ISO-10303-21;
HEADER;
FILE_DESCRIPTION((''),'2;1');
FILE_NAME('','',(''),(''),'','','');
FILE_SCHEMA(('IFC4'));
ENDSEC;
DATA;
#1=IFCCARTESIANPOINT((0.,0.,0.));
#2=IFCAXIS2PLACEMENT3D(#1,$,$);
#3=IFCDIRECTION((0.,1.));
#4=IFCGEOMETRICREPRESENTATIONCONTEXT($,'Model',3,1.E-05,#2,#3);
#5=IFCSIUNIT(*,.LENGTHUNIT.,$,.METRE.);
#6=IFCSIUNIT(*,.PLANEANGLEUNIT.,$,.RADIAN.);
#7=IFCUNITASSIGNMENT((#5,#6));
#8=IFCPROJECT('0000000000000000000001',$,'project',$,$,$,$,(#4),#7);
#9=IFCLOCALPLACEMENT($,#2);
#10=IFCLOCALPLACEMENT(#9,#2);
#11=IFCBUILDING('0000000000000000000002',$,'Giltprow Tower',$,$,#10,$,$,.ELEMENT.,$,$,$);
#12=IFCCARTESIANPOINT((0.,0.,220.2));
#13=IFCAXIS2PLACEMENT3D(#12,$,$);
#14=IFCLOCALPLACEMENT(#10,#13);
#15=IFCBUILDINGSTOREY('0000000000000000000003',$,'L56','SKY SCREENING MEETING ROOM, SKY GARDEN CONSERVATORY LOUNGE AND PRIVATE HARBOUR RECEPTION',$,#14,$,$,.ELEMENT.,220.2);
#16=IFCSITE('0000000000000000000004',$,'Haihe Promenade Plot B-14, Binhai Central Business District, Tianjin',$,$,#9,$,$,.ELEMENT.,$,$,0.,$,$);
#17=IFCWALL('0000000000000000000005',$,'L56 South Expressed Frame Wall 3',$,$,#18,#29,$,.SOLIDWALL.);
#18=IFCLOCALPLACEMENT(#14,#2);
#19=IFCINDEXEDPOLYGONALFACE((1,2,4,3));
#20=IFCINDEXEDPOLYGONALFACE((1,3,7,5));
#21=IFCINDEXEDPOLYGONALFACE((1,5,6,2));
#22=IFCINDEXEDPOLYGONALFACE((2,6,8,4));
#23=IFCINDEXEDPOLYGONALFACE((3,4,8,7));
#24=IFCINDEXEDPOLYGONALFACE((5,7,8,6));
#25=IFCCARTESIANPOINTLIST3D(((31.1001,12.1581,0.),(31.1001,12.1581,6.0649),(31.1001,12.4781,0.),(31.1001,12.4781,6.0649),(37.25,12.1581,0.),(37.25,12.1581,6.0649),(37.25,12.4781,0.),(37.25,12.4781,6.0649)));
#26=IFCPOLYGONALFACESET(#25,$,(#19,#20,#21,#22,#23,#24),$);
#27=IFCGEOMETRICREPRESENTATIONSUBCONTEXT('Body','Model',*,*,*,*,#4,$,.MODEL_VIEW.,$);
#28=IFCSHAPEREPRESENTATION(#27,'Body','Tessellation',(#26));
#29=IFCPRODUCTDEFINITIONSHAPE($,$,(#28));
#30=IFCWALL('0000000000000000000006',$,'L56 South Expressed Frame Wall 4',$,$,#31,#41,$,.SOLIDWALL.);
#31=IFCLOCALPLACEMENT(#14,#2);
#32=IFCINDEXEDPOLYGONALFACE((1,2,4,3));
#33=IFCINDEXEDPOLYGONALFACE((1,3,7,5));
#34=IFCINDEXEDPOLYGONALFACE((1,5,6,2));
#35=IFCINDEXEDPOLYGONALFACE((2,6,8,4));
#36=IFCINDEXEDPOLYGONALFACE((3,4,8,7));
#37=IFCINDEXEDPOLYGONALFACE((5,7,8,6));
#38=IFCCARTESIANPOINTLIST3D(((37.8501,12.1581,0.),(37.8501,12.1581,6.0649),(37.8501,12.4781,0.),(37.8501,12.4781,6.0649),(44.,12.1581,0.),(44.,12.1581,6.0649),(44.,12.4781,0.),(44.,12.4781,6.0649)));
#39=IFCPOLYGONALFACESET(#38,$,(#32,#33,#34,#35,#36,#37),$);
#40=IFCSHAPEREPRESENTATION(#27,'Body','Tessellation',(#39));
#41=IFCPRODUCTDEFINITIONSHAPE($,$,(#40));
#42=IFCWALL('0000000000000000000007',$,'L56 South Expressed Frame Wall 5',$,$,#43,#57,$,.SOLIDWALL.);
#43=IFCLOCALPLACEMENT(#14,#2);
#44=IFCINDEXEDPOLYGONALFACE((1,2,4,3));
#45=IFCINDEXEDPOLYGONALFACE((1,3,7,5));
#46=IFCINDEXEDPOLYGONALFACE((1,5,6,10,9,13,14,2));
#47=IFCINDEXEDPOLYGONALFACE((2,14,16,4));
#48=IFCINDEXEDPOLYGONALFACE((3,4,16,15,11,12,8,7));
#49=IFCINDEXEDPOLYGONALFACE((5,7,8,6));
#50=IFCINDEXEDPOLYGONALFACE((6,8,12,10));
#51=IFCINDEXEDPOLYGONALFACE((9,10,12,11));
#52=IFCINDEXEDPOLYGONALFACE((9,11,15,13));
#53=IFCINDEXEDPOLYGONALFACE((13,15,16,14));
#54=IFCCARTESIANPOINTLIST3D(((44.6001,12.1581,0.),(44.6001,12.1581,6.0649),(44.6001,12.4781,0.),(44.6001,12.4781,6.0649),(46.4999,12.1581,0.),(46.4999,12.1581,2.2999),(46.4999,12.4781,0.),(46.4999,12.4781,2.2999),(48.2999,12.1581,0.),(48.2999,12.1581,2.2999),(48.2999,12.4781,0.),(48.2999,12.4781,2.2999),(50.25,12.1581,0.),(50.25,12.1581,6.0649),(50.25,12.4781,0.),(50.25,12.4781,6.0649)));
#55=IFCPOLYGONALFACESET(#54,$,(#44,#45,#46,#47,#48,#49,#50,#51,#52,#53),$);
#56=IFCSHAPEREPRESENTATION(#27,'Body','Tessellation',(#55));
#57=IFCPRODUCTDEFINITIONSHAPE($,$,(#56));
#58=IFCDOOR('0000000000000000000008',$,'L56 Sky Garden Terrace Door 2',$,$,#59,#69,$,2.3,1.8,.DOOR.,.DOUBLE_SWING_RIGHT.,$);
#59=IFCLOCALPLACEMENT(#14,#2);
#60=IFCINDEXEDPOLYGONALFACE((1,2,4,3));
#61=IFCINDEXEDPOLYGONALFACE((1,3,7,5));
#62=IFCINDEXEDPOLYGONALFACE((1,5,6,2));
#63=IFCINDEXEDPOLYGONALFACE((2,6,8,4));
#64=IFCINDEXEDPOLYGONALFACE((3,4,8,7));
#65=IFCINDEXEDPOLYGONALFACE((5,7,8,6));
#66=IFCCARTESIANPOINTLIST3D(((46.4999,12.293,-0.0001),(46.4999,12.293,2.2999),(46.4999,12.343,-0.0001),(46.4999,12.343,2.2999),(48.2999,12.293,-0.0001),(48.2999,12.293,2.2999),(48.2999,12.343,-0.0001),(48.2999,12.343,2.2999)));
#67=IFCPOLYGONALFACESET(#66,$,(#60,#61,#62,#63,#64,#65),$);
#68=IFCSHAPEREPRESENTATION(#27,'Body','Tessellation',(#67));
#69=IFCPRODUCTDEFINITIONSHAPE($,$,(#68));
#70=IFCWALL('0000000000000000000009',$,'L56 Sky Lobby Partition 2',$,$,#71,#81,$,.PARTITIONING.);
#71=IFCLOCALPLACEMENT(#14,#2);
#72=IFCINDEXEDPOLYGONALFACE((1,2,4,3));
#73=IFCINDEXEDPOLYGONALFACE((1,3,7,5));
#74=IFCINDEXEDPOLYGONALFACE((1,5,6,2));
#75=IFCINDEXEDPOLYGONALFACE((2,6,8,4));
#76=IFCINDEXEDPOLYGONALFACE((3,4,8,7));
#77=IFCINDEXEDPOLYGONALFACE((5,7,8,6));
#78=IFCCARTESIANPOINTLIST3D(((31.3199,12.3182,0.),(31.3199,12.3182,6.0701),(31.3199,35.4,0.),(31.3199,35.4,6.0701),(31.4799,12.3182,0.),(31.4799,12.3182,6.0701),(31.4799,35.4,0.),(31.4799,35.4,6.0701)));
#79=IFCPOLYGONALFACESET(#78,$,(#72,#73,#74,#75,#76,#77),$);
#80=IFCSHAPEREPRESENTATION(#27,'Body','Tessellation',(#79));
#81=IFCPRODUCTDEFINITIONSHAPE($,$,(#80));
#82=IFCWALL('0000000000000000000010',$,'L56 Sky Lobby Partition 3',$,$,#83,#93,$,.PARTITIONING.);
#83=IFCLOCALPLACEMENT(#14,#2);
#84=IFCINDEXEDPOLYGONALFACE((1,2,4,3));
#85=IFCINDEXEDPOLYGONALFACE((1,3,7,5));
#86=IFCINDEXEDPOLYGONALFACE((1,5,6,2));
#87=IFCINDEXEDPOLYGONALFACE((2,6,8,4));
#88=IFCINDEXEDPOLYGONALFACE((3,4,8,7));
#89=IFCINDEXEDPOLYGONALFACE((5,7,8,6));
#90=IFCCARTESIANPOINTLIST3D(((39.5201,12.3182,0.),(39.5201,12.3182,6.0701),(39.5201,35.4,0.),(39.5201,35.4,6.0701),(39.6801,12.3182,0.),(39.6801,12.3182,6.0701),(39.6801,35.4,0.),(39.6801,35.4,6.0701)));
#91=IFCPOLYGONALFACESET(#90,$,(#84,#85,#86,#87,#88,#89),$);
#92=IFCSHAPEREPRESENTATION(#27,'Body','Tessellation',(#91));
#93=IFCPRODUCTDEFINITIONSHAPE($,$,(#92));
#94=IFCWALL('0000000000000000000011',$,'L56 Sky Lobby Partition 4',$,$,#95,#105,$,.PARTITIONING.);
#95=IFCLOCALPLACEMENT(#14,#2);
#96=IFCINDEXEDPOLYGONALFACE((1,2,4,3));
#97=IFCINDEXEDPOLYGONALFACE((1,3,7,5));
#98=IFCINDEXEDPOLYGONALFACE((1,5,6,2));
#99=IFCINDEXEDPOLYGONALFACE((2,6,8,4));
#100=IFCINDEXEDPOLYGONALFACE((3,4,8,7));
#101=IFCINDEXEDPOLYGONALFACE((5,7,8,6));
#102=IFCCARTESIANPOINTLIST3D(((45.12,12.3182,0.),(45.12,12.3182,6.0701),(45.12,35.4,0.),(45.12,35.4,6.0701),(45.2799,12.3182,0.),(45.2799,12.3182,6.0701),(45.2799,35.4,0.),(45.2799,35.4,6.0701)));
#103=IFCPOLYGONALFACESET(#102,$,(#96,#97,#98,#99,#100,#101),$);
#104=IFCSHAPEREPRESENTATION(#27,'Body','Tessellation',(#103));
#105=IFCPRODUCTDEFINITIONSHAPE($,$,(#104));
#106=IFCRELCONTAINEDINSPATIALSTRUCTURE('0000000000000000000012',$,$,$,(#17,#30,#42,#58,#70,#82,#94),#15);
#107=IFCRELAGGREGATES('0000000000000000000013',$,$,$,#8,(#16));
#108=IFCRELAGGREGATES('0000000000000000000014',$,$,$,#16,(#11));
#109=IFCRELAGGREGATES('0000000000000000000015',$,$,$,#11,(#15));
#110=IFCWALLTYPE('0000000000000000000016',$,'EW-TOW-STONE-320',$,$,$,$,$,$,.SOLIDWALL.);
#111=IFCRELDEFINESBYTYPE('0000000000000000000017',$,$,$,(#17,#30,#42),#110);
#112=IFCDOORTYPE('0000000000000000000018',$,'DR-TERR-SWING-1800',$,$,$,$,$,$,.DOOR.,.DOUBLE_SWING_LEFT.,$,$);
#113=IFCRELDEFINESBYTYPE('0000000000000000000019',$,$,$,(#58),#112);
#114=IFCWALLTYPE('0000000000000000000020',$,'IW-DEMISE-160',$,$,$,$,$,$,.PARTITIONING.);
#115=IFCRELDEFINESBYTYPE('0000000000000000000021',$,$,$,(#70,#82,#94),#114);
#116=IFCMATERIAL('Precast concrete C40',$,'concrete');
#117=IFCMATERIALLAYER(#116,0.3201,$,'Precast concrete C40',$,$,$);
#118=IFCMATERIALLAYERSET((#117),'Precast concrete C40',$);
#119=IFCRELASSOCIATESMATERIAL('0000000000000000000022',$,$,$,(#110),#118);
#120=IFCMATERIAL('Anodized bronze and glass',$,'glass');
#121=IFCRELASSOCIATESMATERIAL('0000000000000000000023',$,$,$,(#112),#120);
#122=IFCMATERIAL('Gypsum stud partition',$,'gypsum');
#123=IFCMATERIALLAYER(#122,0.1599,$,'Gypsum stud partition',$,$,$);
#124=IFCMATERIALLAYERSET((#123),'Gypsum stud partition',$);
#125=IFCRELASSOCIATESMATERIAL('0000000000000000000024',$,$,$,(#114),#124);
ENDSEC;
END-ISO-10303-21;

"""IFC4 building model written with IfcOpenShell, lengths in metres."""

from ifc_helpers import new_model, si_unit, direction, frame, frame_2d, origin, place, context, subcontext, project, spatial, rectangle, extrude, source, transform, mapped, material, layer, layer_set, type_object, element, fill, save


model = new_model("IFC4")

# Units and contexts
model_context = context("Model", 3, precision=1e-05, world=origin(), true_north=direction((0.0, 1.0)))
body_context = subcontext(model_context, "Body", "Model", "MODEL_VIEW")
ifc_project = project(units=[si_unit("LENGTHUNIT", "METRE"), si_unit("PLANEANGLEUNIT", "RADIAN")], contexts=[model_context])

# Site, building, storey
site_placement = place(None, origin())
site = spatial("IfcSite", under=ifc_project, at=site_placement, Name="Haihe Promenade Plot B-14, Binhai Central Business District, Tianjin", CompositionType="ELEMENT", RefElevation=0.0)
building_placement = place(site_placement, origin())
building = spatial("IfcBuilding", under=site, at=building_placement, Name="Giltprow Tower", CompositionType="ELEMENT")
storey_placement = place(building_placement, frame((0.0, 0.0, 220.2)))
storey = spatial("IfcBuildingStorey", under=building, at=storey_placement, Name="L56", Description="SKY SCREENING MEETING ROOM, SKY GARDEN CONSERVATORY LOUNGE AND PRIVATE HARBOUR RECEPTION", CompositionType="ELEMENT", Elevation=220.2)

# Walls
ifc_material_1 = material(Name="Precast concrete C40", Category="concrete")
ifc_layer_1 = layer(ifc_material_1, 0.3201, Name="Precast concrete C40")
ifc_layer_set_1 = layer_set([ifc_layer_1], Name="Precast concrete C40")
wall_type_1 = type_object("IfcWallType", Name="EW-TOW-STONE-320", PredefinedType="SOLIDWALL", material=ifc_layer_set_1)
for number, where, z_axis, x_axis, name in (
    (1, (31.1001, 12.3181, 0.0), (0.0, 0.0, 1.0), (1.0, 0.0, 0.0), "L56 South Expressed Frame Wall 3"),
    (2, (37.8501, 12.3181, 0.0), (0.0, 0.0, 1.0), (1.0, 0.0, 0.0), "L56 South Expressed Frame Wall 4"),
):
    element("IfcWall", number, at=place(storey_placement, frame(where, z_axis=z_axis, x_axis=x_axis)), inside=storey, type_object=wall_type_1, Name=name, PredefinedType="SOLIDWALL", context=body_context, shape_type="SweptSolid", body=[
        extrude(rectangle(XDim=6.1499, YDim=0.3201, at=frame_2d((3.075, 0.0))), origin(), (0.0, 0.0, 1.0), 6.0649),
    ])

# Wall, opening, door
wall_placement = place(storey_placement, frame((44.6001, 12.3181, 0.0), z_axis=(0.0, 0.0, 1.0), x_axis=(1.0, 0.0, 0.0)))
wall = element("IfcWall", 3, at=wall_placement, inside=storey, type_object=wall_type_1, Name="L56 South Expressed Frame Wall 5", PredefinedType="SOLIDWALL", context=body_context, shape_type="SweptSolid", body=[
    extrude(rectangle(XDim=5.6499, YDim=0.3201, at=frame_2d((2.825, 0.0))), origin(), (0.0, 0.0, 1.0), 6.0649),
])
opening_placement = place(wall_placement, frame((1.8999, 0.0, 0.0)))
opening = element("IfcOpeningElement", 4, at=opening_placement, cuts=wall, PredefinedType="OPENING", context=body_context, shape_type="SweptSolid", body=[
    extrude(rectangle(XDim=1.8, YDim=2.3, at=frame_2d((0.8999, 1.1499))), frame((0.0, 0.1699, 0.0), z_axis=(0.0, -1.0, 0.0), x_axis=(1.0, 0.0, 0.0)), (0.0, 0.0, 1.0), 0.3401),
])
ifc_material_2 = material(Name="Anodized bronze and glass", Category="glass")
door_type = type_object("IfcDoorType", Name="DR-TERR-SWING-1800", OperationType="DOUBLE_SWING_LEFT", PredefinedType="DOOR", material=ifc_material_2)
shared_shape_1 = source(origin(), body_context, "Body", "SweptSolid", [
    extrude(rectangle(XDim=1.8, YDim=2.3, at=frame_2d((0.8999, 1.1499))), frame((0.0, 0.0249, 0.0), z_axis=(0.0, -1.0, 0.0), x_axis=(1.0, 0.0, 0.0)), (0.0, 0.0, 1.0), 0.05),
])
door_placement = place(opening_placement, origin())
door = element("IfcDoor", 5, at=door_placement, inside=storey, type_object=door_type, Name="L56 Sky Garden Terrace Door 2", OperationType="DOUBLE_SWING_RIGHT", OverallHeight=2.3, OverallWidth=1.8, PredefinedType="DOOR", context=body_context, shape_type="MappedRepresentation", body=[
    mapped(shared_shape_1, transform((0.0, 0.0, 0.0), x_axis=(1.0, 0.0, 0.0), y_axis=(0.0, 1.0, 0.0), z_axis=(0.0, 0.0, 1.0), scale=1.0)),
])
fill(opening, door)

# Walls
ifc_material_3 = material(Name="Gypsum stud partition", Category="gypsum")
ifc_layer_2 = layer(ifc_material_3, 0.1599, Name="Gypsum stud partition")
ifc_layer_set_2 = layer_set([ifc_layer_2], Name="Gypsum stud partition")
wall_type_2 = type_object("IfcWallType", Name="IW-DEMISE-160", PredefinedType="PARTITIONING", material=ifc_layer_set_2)
for number, where, z_axis, x_axis, name in (
    (6, (31.3999, 12.3181, 0.0), (0.0, 0.0, 1.0), (0.0, 1.0, 0.0), "L56 Sky Lobby Partition 2"),
    (7, (39.6001, 12.3181, 0.0), (0.0, 0.0, 1.0), (0.0, 1.0, 0.0), "L56 Sky Lobby Partition 3"),
    (8, (45.2, 12.3181, 0.0), (0.0, 0.0, 1.0), (0.0, 1.0, 0.0), "L56 Sky Lobby Partition 4"),
):
    element("IfcWall", number, at=place(storey_placement, frame(where, z_axis=z_axis, x_axis=x_axis)), inside=storey, type_object=wall_type_2, Name=name, PredefinedType="PARTITIONING", context=body_context, shape_type="SweptSolid", body=[
        extrude(rectangle(XDim=23.0818, YDim=0.1599, at=frame_2d((11.541, 0.0))), origin(), (0.0, 0.0, 1.0), 6.0701),
    ])

save(model, "model.ifc")
